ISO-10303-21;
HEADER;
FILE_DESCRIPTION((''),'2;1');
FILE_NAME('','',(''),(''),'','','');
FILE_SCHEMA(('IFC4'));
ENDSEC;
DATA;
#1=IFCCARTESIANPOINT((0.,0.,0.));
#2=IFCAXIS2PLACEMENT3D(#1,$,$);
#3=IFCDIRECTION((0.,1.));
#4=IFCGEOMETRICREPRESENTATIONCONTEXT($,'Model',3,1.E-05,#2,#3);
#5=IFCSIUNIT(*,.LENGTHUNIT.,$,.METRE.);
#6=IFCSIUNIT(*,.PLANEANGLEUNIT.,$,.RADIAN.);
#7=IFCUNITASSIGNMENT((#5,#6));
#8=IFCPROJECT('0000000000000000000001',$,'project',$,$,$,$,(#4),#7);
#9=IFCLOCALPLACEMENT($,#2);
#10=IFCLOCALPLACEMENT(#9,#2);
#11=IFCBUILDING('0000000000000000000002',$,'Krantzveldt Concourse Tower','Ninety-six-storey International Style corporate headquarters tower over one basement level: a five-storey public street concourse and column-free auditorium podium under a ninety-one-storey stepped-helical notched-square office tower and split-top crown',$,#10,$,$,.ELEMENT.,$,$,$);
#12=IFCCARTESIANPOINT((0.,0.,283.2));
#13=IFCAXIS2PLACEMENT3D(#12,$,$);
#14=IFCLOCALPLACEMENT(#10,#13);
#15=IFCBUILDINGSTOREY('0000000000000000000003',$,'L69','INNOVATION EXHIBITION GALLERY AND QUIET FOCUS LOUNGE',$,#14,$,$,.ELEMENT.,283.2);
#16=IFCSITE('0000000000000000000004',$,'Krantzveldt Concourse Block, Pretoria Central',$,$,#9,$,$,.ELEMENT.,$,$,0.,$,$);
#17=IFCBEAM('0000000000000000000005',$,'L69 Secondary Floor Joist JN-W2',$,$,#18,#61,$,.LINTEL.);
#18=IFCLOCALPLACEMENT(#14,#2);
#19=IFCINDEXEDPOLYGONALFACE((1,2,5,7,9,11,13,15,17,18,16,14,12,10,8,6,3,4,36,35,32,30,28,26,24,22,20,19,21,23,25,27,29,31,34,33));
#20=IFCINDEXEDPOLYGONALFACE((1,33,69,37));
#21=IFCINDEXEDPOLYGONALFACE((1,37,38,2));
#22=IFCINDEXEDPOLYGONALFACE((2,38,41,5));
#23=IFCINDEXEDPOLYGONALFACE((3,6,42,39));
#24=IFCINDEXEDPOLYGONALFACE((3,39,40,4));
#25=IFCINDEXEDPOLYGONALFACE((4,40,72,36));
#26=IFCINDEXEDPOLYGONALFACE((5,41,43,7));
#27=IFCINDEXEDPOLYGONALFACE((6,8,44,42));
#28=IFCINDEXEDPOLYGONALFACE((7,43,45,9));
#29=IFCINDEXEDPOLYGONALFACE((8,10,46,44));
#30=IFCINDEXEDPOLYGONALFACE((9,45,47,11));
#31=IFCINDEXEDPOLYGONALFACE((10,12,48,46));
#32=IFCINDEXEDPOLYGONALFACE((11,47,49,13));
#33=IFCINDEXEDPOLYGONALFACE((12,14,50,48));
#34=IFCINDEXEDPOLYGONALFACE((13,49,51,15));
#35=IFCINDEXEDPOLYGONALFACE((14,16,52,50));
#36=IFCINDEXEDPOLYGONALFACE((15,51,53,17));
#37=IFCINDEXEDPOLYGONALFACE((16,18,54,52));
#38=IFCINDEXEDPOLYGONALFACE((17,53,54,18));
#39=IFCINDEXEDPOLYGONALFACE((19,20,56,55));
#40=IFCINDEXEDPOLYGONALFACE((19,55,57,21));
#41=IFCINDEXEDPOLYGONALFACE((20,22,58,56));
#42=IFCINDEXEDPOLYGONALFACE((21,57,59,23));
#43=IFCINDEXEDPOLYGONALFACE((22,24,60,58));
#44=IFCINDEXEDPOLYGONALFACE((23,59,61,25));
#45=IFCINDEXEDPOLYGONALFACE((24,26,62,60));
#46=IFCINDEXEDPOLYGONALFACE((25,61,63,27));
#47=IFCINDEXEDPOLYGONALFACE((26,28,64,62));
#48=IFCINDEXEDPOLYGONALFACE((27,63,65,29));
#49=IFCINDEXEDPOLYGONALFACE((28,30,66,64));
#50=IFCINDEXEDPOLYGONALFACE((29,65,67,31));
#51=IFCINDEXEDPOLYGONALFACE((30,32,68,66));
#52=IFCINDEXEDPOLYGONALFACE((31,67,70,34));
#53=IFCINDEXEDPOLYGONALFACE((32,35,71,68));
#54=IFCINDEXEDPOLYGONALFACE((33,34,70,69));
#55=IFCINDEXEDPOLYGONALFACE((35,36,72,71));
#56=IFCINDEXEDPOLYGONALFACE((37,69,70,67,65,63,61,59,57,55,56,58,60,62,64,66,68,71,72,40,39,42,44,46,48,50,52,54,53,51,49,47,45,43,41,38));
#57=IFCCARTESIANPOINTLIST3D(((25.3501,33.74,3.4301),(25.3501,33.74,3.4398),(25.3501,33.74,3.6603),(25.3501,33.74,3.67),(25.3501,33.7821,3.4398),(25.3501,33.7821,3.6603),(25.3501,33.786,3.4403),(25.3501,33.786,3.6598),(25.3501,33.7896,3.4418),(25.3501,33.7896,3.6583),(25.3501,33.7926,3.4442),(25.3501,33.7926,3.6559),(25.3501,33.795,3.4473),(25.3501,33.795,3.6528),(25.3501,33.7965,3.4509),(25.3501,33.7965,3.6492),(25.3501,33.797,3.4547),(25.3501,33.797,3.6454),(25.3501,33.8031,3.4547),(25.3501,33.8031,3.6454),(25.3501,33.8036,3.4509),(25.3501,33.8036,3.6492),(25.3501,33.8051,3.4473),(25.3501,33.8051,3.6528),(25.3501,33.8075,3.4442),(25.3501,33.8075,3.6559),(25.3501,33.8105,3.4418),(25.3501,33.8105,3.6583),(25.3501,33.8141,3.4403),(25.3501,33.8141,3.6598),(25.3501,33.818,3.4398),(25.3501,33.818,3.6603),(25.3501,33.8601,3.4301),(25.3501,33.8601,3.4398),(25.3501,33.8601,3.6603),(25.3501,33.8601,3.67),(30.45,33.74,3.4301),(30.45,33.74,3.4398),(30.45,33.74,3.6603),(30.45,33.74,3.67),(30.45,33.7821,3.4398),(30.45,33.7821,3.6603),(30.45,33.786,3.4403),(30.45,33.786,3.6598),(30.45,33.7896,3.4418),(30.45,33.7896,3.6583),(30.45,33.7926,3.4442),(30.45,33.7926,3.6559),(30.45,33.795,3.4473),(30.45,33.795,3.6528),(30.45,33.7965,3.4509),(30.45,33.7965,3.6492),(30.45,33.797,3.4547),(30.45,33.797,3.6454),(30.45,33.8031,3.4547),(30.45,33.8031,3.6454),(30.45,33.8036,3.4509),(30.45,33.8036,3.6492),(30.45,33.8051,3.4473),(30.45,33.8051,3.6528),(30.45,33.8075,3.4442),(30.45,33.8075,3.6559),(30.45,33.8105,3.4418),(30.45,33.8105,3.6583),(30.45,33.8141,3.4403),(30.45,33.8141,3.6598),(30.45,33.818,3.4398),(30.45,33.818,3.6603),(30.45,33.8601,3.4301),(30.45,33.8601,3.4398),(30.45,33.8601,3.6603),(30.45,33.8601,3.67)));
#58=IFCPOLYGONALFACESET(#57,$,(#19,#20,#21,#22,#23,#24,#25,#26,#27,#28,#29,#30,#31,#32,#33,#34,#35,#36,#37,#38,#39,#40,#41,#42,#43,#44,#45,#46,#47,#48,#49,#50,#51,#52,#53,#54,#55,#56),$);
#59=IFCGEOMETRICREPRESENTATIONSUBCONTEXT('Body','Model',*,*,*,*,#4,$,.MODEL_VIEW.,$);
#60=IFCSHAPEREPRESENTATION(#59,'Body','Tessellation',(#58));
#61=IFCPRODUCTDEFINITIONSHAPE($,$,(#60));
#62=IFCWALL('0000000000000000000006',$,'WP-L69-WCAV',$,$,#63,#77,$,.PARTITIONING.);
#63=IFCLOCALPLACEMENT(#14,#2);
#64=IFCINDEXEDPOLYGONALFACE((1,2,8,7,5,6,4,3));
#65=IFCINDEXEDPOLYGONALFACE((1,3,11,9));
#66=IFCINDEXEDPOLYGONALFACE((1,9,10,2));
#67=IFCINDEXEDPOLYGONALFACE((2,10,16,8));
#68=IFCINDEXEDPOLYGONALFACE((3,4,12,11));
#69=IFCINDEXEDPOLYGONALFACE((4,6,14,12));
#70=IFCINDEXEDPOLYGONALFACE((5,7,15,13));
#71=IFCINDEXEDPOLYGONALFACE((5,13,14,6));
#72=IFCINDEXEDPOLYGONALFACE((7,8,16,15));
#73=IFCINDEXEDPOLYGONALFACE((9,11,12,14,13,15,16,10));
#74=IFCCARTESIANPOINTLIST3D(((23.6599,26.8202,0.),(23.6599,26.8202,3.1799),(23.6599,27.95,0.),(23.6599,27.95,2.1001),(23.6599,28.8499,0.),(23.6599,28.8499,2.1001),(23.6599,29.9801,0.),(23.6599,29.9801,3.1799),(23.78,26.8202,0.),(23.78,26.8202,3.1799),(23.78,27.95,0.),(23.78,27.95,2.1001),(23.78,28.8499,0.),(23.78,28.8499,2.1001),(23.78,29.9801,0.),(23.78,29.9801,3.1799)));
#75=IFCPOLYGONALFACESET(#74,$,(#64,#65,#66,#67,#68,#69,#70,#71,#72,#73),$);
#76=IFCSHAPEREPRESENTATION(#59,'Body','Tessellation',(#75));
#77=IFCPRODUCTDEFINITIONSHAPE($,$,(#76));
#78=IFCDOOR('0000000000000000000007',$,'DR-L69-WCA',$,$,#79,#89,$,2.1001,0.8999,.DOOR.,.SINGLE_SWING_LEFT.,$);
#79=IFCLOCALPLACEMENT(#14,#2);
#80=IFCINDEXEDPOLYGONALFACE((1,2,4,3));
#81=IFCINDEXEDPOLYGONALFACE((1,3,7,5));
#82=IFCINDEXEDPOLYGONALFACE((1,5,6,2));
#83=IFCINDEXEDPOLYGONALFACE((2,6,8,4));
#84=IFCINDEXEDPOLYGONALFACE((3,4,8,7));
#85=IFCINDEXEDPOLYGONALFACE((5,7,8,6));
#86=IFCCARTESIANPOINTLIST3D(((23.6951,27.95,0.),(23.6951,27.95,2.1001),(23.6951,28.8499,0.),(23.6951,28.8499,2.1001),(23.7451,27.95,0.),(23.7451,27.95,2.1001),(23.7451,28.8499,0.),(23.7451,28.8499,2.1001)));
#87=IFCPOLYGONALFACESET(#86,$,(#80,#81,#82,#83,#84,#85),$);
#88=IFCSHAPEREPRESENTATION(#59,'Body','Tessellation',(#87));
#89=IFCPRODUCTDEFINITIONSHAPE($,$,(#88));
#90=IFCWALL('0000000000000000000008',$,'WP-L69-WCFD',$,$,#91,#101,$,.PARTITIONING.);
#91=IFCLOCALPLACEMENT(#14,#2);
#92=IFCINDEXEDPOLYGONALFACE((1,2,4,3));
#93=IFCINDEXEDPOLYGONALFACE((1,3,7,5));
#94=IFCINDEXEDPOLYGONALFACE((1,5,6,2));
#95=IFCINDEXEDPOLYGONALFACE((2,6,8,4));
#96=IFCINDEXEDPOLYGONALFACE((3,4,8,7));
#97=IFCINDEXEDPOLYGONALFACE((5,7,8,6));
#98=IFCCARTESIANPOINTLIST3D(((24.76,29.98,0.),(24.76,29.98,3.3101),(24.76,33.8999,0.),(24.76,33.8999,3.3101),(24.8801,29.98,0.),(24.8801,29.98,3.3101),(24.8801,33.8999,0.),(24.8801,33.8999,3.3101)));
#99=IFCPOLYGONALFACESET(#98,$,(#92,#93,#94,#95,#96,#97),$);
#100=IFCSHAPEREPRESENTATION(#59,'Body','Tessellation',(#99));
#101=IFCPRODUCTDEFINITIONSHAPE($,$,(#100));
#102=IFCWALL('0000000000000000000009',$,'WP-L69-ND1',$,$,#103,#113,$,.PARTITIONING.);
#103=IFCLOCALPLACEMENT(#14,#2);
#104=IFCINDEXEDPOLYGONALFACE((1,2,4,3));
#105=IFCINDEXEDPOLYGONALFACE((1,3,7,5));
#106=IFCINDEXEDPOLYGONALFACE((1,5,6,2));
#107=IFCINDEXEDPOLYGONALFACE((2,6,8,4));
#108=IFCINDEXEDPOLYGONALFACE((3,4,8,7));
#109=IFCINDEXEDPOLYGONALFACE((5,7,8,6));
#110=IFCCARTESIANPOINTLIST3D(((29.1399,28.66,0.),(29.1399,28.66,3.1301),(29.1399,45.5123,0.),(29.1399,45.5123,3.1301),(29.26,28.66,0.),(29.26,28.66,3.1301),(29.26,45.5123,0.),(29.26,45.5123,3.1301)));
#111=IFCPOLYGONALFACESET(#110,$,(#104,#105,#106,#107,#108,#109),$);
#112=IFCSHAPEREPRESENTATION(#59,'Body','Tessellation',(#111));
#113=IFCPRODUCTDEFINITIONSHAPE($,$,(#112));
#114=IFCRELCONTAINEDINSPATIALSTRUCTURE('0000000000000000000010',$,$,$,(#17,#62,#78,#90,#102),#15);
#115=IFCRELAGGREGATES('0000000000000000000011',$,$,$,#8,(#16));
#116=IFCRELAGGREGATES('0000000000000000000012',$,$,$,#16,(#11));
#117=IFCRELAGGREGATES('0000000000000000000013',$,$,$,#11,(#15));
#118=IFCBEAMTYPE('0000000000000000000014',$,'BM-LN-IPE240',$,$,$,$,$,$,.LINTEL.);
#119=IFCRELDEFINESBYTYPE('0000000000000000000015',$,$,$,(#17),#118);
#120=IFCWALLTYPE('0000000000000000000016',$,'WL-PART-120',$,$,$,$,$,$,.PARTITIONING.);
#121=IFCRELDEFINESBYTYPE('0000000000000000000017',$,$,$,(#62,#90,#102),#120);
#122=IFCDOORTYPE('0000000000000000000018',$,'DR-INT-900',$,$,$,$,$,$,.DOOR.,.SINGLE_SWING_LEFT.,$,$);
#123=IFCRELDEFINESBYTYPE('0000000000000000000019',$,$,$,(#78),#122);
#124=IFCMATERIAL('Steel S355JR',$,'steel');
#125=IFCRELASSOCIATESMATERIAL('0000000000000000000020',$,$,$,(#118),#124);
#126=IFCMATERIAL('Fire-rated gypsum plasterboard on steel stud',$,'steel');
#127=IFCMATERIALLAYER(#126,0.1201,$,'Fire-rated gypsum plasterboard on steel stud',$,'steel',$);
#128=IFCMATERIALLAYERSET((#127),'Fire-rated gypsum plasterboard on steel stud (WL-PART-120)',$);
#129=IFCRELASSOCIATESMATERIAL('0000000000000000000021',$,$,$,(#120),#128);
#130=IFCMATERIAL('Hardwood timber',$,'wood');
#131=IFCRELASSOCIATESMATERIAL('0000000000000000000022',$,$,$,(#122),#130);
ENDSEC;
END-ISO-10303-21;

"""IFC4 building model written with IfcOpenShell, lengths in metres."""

from ifc_helpers import new_model, si_unit, direction, frame, frame_2d, origin, origin_2d, place, context, subcontext, project, spatial, rectangle, i_section, extrude, source, transform, mapped, material, layer, layer_set, material_profile, profile_set, type_object, type_shapes, element, fill, save


model = new_model("IFC4")

# Units and contexts
model_context = context("Model", 3, precision=1e-05, world=origin(), true_north=direction((0.0, 1.0)))
body_context = subcontext(model_context, "Body", "Model", "MODEL_VIEW")
ifc_project = project(units=[si_unit("LENGTHUNIT", "METRE"), si_unit("PLANEANGLEUNIT", "RADIAN")], contexts=[model_context])

# Site, building, storey
site_placement = place(None, origin())
site = spatial("IfcSite", under=ifc_project, at=site_placement, Name="Krantzveldt Concourse Block, Pretoria Central", CompositionType="ELEMENT", RefElevation=0.0)
building_placement = place(site_placement, origin())
building = spatial("IfcBuilding", under=site, at=building_placement, Name="Krantzveldt Concourse Tower", Description="Ninety-six-storey International Style corporate headquarters tower over one basement level: a five-storey public street concourse and column-free auditorium podium under a ninety-one-storey stepped-helical notched-square office tower and split-top crown", CompositionType="ELEMENT")
storey_placement = place(building_placement, frame((0.0, 0.0, 283.2)))
storey = spatial("IfcBuildingStorey", under=building, at=storey_placement, Name="L69", Description="INNOVATION EXHIBITION GALLERY AND QUIET FOCUS LOUNGE", CompositionType="ELEMENT", Elevation=283.2)

# Beam
ifc_material_1 = material(Name="Steel S355JR", Category="steel")
ifc_material_profile_1 = material_profile(ifc_material_1, i_section(OverallWidth=0.1201, OverallDepth=0.24, WebThickness=0.0061, FlangeThickness=0.0098, FilletRadius=0.0149, at=origin_2d()), Name="Steel S355JR", Category="steel")
ifc_profile_set_1 = profile_set([ifc_material_profile_1], Name="Steel S355JR - IPE 240")
beam_type_1 = type_object("IfcBeamType", Name="BM-LN-IPE240", PredefinedType="LINTEL", material=ifc_profile_set_1)
shared_shape_1 = source(origin(), body_context, "Body", "SweptSolid", [
    extrude(i_section(OverallWidth=0.1201, OverallDepth=0.24, WebThickness=0.0061, FlangeThickness=0.0098, FilletRadius=0.0149, at=origin_2d()), origin(), (0.0, 0.0, 1.0), 5.0999),
])
type_shapes(beam_type_1, [shared_shape_1])
for number, where, z_axis, x_axis, name in (
    (1, (25.3501, 33.8, 3.55), (1.0, 0.0, 0.0), (0.0, 1.0, 0.0), "L69 Secondary Floor Joist JN-W2"),
):
    element("IfcBeam", number, at=place(storey_placement, frame(where, z_axis=z_axis, x_axis=x_axis)), inside=storey, type_object=beam_type_1, Name=name, PredefinedType="LINTEL", context=body_context, shape_type="MappedRepresentation", body=[
        mapped(shared_shape_1, transform((0.0, 0.0, 0.0), x_axis=(1.0, 0.0, 0.0), y_axis=(0.0, 1.0, 0.0), z_axis=(0.0, 0.0, 1.0), scale=1.0)),
    ])

# Wall, opening, door
ifc_material_2 = material(Name="Fire-rated gypsum plasterboard on steel stud", Category="steel")
ifc_layer_1 = layer(ifc_material_2, 0.1201, Name="Fire-rated gypsum plasterboard on steel stud", Category="steel")
ifc_layer_set_1 = layer_set([ifc_layer_1], Name="Fire-rated gypsum plasterboard on steel stud (WL-PART-120)")
wall_type_1 = type_object("IfcWallType", Name="WL-PART-120", PredefinedType="PARTITIONING", material=ifc_layer_set_1)
wall_1_placement = place(storey_placement, frame((23.72, 26.8201, 0.0), z_axis=(0.0, 0.0, 1.0), x_axis=(0.0, 1.0, 0.0)))
wall_1 = element("IfcWall", 2, at=wall_1_placement, inside=storey, type_object=wall_type_1, Name="WP-L69-WCAV", PredefinedType="PARTITIONING", context=body_context, shape_type="SweptSolid", body=[
    extrude(rectangle(XDim=3.1599, YDim=0.1201, at=frame_2d((1.5801, 0.0))), origin(), (0.0, 0.0, 1.0), 3.1799),
])
opening_1_placement = place(wall_1_placement, frame((1.1299, 0.0, 0.0)))
opening_1 = element("IfcOpeningElement", 3, at=opening_1_placement, cuts=wall_1, PredefinedType="OPENING", context=body_context, shape_type="SweptSolid", body=[
    extrude(rectangle(XDim=0.8999, YDim=2.1001, at=frame_2d((0.45, 1.05))), frame((0.0, 0.0701, 0.0), z_axis=(0.0, -1.0, 0.0), x_axis=(1.0, 0.0, 0.0)), (0.0, 0.0, 1.0), 0.1401),
])
ifc_material_3 = material(Name="Hardwood timber", Category="wood")
door_type_1 = type_object("IfcDoorType", Name="DR-INT-900", OperationType="SINGLE_SWING_LEFT", PredefinedType="DOOR", material=ifc_material_3)
door_1_placement = place(opening_1_placement, origin())
door_1 = element("IfcDoor", 4, at=door_1_placement, inside=storey, type_object=door_type_1, Name="DR-L69-WCA", OperationType="SINGLE_SWING_LEFT", OverallHeight=2.1001, OverallWidth=0.8999, PredefinedType="DOOR", context=body_context, shape_type="SweptSolid", body=[
    extrude(rectangle(XDim=0.8999, YDim=2.1001, at=frame_2d((0.45, 1.05))), frame((0.0, 0.0249, 0.0), z_axis=(0.0, -1.0, 0.0), x_axis=(1.0, 0.0, 0.0)), (0.0, 0.0, 1.0), 0.05),
])
fill(opening_1, door_1)

# Walls
wall_2_placement = place(storey_placement, frame((24.8201, 29.98, 0.0), z_axis=(0.0, 0.0, 1.0), x_axis=(0.0, 1.0, 0.0)))
element("IfcWall", 5, at=wall_2_placement, inside=storey, type_object=wall_type_1, Name="WP-L69-WCFD", PredefinedType="PARTITIONING", context=body_context, shape_type="SweptSolid", body=[
    extrude(rectangle(XDim=3.9199, YDim=0.1201, at=frame_2d((1.96, 0.0))), origin(), (0.0, 0.0, 1.0), 3.3101),
])
wall_3_placement = place(storey_placement, frame((29.2, 28.6599, 0.0), z_axis=(0.0, 0.0, 1.0), x_axis=(0.0, 1.0, 0.0)))
element("IfcWall", 6, at=wall_3_placement, inside=storey, type_object=wall_type_1, Name="WP-L69-ND1", PredefinedType="PARTITIONING", context=body_context, shape_type="SweptSolid", body=[
    extrude(rectangle(XDim=16.8523, YDim=0.1201, at=frame_2d((8.4263, 0.0))), origin(), (0.0, 0.0, 1.0), 3.1301),
])

save(model, "model.ifc")
